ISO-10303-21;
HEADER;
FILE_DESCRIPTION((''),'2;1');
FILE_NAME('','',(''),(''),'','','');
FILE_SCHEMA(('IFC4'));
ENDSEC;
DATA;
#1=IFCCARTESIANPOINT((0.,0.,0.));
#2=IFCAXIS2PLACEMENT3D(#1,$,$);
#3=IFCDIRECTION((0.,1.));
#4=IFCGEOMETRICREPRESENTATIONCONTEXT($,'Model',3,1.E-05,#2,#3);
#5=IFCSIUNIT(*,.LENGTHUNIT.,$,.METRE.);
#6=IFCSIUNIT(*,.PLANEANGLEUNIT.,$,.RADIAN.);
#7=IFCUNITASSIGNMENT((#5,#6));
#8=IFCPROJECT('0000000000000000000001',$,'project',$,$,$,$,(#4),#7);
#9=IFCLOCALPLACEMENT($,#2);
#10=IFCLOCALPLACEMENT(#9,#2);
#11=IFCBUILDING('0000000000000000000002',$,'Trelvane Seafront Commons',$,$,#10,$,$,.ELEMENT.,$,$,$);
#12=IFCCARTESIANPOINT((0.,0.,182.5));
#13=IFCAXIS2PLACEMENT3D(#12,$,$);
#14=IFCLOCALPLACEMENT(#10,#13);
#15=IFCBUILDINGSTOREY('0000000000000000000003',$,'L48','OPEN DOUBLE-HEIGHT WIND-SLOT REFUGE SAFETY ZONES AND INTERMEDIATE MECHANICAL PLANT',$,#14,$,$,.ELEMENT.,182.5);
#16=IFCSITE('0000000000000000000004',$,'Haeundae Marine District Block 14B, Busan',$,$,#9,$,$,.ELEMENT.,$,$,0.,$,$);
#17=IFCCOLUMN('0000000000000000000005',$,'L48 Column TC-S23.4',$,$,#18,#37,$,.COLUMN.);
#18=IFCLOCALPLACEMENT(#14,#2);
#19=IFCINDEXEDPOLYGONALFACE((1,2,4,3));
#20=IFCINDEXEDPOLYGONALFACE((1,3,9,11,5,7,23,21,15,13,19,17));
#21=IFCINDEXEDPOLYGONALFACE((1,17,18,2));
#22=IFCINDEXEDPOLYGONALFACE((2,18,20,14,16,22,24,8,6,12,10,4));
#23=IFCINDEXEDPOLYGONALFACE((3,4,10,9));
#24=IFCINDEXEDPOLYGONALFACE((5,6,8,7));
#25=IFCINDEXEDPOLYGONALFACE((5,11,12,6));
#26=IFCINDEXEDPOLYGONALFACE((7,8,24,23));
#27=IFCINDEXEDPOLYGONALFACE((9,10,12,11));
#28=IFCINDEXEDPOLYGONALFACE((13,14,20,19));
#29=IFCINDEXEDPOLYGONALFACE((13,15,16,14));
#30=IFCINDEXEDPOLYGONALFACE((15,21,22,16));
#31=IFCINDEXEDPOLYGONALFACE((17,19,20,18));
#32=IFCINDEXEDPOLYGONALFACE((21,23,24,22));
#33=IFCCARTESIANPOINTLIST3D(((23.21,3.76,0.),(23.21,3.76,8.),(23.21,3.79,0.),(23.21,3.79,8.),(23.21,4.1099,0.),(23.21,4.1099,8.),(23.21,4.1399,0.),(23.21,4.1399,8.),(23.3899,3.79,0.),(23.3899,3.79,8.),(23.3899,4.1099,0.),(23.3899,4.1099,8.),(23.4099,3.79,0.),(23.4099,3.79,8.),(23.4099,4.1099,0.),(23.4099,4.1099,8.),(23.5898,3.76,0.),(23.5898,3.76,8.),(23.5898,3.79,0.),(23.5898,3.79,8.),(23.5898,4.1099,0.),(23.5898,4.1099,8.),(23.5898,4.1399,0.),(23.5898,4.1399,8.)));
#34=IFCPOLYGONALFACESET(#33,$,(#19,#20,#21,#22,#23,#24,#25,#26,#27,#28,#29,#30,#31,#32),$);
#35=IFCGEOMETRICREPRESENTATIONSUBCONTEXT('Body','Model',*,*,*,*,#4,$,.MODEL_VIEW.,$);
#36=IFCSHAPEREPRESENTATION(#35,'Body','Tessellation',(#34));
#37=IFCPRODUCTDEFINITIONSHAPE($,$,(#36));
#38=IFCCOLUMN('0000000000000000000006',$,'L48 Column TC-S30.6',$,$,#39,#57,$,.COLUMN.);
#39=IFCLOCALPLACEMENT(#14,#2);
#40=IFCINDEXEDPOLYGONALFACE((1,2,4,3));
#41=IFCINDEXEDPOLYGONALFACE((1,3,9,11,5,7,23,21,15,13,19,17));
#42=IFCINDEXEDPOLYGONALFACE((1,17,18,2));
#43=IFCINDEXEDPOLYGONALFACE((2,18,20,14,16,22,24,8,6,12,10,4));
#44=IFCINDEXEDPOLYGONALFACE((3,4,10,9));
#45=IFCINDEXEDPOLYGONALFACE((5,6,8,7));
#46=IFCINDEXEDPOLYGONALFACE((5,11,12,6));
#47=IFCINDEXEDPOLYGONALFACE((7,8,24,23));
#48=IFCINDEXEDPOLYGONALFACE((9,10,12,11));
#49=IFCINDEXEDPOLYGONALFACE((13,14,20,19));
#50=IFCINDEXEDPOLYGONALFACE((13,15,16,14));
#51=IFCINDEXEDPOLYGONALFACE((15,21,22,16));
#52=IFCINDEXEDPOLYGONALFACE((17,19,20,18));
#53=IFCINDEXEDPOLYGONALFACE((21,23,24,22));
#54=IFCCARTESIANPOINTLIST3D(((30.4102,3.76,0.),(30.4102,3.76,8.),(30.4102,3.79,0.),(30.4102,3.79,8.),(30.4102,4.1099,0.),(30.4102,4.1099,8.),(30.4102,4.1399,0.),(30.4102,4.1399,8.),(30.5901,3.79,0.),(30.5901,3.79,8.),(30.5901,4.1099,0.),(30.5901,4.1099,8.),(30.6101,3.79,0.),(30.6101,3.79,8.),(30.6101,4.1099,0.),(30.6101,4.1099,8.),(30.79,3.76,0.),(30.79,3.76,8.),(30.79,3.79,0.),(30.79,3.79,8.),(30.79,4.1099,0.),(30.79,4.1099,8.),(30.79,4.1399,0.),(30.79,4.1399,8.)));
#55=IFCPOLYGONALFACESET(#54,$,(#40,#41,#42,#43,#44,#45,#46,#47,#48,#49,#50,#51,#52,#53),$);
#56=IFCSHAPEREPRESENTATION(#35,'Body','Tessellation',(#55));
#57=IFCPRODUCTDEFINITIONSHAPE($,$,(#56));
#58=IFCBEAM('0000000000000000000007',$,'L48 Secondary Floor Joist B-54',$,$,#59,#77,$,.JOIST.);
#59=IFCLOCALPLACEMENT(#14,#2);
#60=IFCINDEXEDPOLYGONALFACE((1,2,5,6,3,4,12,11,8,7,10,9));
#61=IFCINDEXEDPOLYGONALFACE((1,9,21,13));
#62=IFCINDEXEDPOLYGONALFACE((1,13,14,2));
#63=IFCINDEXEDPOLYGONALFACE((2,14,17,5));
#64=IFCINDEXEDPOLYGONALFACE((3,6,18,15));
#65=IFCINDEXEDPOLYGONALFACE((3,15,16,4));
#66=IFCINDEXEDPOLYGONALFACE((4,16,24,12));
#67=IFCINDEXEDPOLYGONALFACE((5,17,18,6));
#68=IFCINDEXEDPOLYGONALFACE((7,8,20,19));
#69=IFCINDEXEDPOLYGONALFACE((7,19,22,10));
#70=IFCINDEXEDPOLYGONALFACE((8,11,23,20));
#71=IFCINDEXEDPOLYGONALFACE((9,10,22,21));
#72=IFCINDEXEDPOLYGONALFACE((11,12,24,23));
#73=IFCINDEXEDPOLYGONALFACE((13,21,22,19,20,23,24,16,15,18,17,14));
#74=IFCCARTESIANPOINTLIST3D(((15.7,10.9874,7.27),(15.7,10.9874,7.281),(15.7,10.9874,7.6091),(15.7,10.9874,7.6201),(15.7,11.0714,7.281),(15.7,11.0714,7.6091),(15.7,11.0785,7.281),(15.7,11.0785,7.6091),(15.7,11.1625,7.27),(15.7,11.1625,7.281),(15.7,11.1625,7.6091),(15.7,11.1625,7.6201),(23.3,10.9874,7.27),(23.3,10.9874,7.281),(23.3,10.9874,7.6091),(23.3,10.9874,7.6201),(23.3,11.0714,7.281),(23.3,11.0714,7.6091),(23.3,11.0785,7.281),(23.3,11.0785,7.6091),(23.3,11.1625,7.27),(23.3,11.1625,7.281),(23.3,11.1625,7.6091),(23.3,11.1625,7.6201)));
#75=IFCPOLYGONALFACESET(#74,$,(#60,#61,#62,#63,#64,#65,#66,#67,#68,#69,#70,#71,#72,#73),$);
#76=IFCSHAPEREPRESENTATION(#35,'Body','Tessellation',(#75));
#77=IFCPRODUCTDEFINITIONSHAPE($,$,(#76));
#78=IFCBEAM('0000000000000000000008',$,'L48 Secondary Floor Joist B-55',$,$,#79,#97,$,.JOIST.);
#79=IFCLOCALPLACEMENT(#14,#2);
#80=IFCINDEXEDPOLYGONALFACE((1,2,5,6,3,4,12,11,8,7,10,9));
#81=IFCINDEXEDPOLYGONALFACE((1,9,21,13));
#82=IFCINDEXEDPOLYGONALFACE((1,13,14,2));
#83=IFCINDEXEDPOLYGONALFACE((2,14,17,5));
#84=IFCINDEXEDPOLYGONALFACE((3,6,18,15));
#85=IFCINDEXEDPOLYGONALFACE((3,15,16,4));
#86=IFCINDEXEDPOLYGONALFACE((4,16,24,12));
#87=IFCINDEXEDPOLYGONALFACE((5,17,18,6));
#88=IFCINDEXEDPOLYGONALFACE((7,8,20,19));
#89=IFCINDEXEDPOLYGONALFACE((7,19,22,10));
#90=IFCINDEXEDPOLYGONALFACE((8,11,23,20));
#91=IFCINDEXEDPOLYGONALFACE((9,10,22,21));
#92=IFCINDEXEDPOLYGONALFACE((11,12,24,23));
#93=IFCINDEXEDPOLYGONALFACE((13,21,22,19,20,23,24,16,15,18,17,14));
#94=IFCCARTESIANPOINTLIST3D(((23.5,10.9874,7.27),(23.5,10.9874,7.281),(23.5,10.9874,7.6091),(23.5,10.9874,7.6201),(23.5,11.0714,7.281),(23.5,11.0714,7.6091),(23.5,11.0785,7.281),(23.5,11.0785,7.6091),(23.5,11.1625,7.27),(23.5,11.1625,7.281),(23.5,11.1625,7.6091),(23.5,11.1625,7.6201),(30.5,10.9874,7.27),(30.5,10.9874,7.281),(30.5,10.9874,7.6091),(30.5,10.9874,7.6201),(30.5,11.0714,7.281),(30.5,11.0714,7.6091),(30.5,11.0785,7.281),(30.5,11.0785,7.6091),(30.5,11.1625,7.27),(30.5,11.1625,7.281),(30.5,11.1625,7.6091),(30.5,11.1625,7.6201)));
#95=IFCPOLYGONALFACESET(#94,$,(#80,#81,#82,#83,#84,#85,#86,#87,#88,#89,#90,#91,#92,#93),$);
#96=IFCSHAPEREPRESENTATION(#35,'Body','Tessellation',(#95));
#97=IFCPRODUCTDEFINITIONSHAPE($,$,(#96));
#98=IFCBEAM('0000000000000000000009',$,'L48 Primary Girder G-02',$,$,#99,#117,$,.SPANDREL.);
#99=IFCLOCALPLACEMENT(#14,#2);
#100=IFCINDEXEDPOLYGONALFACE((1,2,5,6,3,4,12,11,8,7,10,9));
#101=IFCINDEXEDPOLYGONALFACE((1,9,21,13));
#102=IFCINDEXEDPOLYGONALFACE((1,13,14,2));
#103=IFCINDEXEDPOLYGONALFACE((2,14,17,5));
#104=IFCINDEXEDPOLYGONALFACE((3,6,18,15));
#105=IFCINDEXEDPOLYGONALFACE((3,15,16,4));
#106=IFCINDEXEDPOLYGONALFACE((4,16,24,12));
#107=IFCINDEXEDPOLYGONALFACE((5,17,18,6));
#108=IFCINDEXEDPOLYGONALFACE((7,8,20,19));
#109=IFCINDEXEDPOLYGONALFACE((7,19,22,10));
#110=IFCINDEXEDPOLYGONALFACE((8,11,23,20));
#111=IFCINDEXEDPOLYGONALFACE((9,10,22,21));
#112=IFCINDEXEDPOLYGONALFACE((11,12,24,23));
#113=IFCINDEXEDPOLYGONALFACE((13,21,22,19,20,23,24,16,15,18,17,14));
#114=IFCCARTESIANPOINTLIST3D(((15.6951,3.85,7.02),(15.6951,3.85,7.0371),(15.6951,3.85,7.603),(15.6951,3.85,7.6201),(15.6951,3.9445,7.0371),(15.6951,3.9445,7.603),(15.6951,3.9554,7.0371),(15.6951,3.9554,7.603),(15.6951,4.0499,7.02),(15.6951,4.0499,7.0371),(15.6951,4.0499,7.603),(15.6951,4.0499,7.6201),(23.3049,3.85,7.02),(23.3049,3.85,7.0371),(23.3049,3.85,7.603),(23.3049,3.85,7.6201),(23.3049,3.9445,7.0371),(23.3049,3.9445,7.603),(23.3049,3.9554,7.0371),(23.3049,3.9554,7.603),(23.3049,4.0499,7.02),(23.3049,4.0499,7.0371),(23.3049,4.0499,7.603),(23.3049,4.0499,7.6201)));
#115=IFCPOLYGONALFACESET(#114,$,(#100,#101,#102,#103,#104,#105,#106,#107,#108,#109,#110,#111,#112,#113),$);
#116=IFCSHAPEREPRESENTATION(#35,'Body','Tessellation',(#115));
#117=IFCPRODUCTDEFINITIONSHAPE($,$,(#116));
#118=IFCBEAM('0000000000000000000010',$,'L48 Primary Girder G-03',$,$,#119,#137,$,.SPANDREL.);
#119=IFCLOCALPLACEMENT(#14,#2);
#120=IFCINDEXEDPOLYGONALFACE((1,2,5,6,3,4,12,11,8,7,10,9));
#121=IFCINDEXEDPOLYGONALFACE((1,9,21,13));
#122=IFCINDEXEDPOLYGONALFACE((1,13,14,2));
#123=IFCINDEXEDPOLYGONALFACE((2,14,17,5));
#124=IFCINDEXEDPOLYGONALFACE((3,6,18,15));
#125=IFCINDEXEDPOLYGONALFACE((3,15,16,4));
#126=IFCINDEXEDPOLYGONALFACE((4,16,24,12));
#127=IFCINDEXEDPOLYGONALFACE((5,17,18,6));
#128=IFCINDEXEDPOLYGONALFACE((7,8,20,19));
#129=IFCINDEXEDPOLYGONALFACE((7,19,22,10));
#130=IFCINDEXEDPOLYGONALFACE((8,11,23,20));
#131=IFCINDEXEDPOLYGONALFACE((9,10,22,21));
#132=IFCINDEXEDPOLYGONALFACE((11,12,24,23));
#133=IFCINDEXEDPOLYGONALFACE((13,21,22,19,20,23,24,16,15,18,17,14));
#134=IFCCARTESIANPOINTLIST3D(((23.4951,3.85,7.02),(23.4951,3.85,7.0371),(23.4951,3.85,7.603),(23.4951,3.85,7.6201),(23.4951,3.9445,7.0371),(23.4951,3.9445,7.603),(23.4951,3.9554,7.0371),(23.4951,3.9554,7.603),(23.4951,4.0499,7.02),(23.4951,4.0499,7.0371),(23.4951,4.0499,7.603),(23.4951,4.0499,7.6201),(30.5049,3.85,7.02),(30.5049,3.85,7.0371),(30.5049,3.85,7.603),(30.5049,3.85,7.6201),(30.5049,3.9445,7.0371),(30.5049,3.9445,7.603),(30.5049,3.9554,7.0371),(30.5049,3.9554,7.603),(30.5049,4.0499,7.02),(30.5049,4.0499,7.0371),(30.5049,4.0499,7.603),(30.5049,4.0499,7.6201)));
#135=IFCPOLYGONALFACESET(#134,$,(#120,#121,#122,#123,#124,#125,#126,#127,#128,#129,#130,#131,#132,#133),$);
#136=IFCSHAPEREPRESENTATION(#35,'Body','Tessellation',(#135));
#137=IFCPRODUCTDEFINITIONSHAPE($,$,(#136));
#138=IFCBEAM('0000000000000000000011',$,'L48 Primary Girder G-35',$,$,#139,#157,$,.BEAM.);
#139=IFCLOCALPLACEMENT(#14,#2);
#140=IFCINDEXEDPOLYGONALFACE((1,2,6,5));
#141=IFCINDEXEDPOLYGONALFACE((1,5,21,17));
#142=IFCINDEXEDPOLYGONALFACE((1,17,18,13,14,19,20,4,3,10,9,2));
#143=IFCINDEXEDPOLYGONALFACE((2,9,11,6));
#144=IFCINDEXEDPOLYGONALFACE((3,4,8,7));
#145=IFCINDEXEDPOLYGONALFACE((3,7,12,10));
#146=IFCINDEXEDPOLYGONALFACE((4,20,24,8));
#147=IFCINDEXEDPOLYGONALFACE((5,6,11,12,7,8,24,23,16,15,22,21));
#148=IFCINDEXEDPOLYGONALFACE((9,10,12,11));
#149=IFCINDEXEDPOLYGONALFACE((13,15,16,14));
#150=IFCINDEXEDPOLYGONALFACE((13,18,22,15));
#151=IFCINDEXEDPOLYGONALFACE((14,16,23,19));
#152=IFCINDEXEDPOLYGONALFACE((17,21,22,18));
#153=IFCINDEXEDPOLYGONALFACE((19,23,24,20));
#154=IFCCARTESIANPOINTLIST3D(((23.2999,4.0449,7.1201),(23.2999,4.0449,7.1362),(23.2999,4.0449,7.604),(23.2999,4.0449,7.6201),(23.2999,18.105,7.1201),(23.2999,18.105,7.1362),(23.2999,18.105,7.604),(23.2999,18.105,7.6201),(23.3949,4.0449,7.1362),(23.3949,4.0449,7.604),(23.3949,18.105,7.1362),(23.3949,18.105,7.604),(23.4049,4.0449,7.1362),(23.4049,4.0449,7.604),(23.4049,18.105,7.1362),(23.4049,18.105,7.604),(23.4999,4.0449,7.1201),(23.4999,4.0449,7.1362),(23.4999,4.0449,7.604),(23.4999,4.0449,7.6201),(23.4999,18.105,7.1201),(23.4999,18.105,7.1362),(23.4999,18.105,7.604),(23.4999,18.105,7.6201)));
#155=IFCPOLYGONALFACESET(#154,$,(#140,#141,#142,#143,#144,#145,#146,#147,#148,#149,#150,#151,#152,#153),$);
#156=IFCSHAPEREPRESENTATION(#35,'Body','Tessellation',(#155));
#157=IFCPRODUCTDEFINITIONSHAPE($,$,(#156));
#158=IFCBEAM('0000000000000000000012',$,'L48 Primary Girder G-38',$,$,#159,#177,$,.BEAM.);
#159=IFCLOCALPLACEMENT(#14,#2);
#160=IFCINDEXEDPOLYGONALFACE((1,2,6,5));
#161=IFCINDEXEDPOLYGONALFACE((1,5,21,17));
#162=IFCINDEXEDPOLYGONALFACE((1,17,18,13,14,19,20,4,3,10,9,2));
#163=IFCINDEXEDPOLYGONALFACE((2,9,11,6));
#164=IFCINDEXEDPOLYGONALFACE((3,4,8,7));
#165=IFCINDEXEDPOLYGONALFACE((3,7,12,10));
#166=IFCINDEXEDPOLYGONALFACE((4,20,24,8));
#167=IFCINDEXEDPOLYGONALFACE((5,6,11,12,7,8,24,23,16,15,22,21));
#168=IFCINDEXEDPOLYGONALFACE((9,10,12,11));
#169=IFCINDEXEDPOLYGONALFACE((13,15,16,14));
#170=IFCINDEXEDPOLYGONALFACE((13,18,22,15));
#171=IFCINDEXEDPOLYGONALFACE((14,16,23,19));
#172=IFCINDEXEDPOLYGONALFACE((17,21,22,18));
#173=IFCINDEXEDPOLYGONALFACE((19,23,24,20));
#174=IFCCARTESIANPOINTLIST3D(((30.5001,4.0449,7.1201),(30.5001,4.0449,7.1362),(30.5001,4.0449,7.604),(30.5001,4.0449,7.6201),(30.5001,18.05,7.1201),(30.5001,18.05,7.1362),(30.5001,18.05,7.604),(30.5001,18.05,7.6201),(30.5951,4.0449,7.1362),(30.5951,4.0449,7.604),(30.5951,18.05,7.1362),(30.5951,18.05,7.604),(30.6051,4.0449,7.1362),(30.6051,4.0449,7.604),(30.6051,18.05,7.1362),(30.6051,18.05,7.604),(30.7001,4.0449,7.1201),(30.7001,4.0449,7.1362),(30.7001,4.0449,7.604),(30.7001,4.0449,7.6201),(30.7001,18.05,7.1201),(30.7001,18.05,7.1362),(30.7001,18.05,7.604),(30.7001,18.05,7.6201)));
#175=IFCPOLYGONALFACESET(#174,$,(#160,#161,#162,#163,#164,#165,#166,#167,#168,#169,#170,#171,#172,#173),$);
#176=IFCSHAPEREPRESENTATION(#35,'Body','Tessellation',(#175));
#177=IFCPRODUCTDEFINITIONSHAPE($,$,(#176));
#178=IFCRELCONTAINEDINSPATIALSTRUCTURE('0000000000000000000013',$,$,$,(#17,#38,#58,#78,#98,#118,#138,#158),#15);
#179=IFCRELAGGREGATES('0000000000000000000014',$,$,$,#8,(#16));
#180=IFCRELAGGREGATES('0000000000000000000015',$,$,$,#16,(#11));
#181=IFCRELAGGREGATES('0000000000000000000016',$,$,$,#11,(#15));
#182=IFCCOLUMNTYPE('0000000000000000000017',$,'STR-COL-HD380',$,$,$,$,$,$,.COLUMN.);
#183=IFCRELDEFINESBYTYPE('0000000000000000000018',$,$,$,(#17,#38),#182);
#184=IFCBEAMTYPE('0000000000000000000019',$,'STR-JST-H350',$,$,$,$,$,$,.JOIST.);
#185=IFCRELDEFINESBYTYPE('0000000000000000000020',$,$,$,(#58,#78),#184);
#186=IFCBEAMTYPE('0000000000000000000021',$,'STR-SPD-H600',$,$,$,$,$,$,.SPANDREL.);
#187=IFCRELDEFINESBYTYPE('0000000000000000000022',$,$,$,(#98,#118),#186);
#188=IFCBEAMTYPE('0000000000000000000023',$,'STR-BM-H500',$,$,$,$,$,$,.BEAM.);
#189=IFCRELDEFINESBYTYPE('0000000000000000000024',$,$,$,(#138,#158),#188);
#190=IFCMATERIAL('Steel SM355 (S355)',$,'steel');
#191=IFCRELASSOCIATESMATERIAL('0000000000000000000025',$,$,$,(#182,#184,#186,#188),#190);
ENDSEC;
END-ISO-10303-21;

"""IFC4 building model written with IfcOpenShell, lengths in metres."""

from ifc_helpers import new_model, si_unit, direction, frame, origin, origin_2d, place, context, subcontext, project, spatial, i_section, extrude, source, transform, mapped, material, material_profile, profile_set, type_object, element, save


model = new_model("IFC4")

# Units and contexts
model_context = context("Model", 3, precision=1e-05, world=origin(), true_north=direction((0.0, 1.0)))
body_context = subcontext(model_context, "Body", "Model", "MODEL_VIEW")
ifc_project = project(units=[si_unit("LENGTHUNIT", "METRE"), si_unit("PLANEANGLEUNIT", "RADIAN")], contexts=[model_context])

# Site, building, storey
site_placement = place(None, origin())
site = spatial("IfcSite", under=ifc_project, at=site_placement, Name="Haeundae Marine District Block 14B, Busan", CompositionType="ELEMENT", RefElevation=0.0)
building_placement = place(site_placement, origin())
building = spatial("IfcBuilding", under=site, at=building_placement, Name="Trelvane Seafront Commons", CompositionType="ELEMENT")
storey_placement = place(building_placement, frame((0.0, 0.0, 182.5)))
storey = spatial("IfcBuildingStorey", under=building, at=storey_placement, Name="L48", Description="OPEN DOUBLE-HEIGHT WIND-SLOT REFUGE SAFETY ZONES AND INTERMEDIATE MECHANICAL PLANT", CompositionType="ELEMENT", Elevation=182.5)

# Columns
ifc_material_1 = material(Name="Steel SM355 (S355)", Category="steel")
ifc_material_profile_1 = material_profile(ifc_material_1, i_section(OverallWidth=0.3799, OverallDepth=0.3799, WebThickness=0.02, FlangeThickness=0.03, at=origin_2d()), Name="HD-380x380x20x30")
ifc_profile_set_1 = profile_set([ifc_material_profile_1], Name="Steel SM355 (S355)")
column_type = type_object("IfcColumnType", Name="STR-COL-HD380", PredefinedType="COLUMN", material=ifc_profile_set_1)
shared_shape_1 = source(origin(), body_context, "Body", "SweptSolid", [
    extrude(i_section(OverallWidth=0.3799, OverallDepth=0.3799, WebThickness=0.02, FlangeThickness=0.03, at=origin_2d()), origin(), (0.0, 0.0, 1.0), 8.0),
])
for number, where, z_axis, x_axis, name in (
    (1, (23.3999, 3.95, 0.0), (0.0, 0.0, 1.0), (1.0, 0.0, 0.0), "L48 Column TC-S23.4"),
    (2, (30.6001, 3.95, 0.0), (0.0, 0.0, 1.0), (1.0, 0.0, 0.0), "L48 Column TC-S30.6"),
):
    element("IfcColumn", number, at=place(storey_placement, frame(where, z_axis=z_axis, x_axis=x_axis)), inside=storey, type_object=column_type, Name=name, PredefinedType="COLUMN", context=body_context, shape_type="MappedRepresentation", body=[
        mapped(shared_shape_1, transform((0.0, 0.0, 0.0), x_axis=(1.0, 0.0, 0.0), y_axis=(0.0, 1.0, 0.0), z_axis=(0.0, 0.0, 1.0), scale=1.0)),
    ])

# Beams
ifc_material_profile_2 = material_profile(ifc_material_1, i_section(OverallWidth=0.175, OverallDepth=0.3501, WebThickness=0.0071, FlangeThickness=0.011, at=origin_2d()), Name="H-350x175x7x11")
ifc_profile_set_2 = profile_set([ifc_material_profile_2], Name="Steel SM355 (S355)")
beam_type_1 = type_object("IfcBeamType", Name="STR-JST-H350", PredefinedType="JOIST", material=ifc_profile_set_2)
shared_shape_2 = source(origin(), body_context, "Body", "SweptSolid", [
    extrude(i_section(OverallWidth=0.175, OverallDepth=0.3501, WebThickness=0.0071, FlangeThickness=0.011, at=origin_2d()), origin(), (0.0, 0.0, 1.0), 7.6001),
])
beam_1_placement = place(storey_placement, frame((15.7, 11.075, 7.4451), z_axis=(1.0, 0.0, 0.0), x_axis=(0.0, 1.0, 0.0)))
element("IfcBeam", 3, at=beam_1_placement, inside=storey, type_object=beam_type_1, Name="L48 Secondary Floor Joist B-54", PredefinedType="JOIST", context=body_context, shape_type="MappedRepresentation", body=[
    mapped(shared_shape_2, transform((0.0, 0.0, 0.0), x_axis=(1.0, 0.0, 0.0), y_axis=(0.0, 1.0, 0.0), z_axis=(0.0, 0.0, 1.0), scale=1.0)),
])
shared_shape_3 = source(origin(), body_context, "Body", "SweptSolid", [
    extrude(i_section(OverallWidth=0.175, OverallDepth=0.3501, WebThickness=0.0071, FlangeThickness=0.011, at=origin_2d()), origin(), (0.0, 0.0, 1.0), 7.0),
])
beam_2_placement = place(storey_placement, frame((23.5, 11.075, 7.4451), z_axis=(1.0, 0.0, 0.0), x_axis=(0.0, 1.0, 0.0)))
element("IfcBeam", 4, at=beam_2_placement, inside=storey, type_object=beam_type_1, Name="L48 Secondary Floor Joist B-55", PredefinedType="JOIST", context=body_context, shape_type="MappedRepresentation", body=[
    mapped(shared_shape_3, transform((0.0, 0.0, 0.0), x_axis=(1.0, 0.0, 0.0), y_axis=(0.0, 1.0, 0.0), z_axis=(0.0, 0.0, 1.0), scale=1.0)),
])
ifc_material_profile_3 = material_profile(ifc_material_1, i_section(OverallWidth=0.2, OverallDepth=0.6001, WebThickness=0.011, FlangeThickness=0.0171, at=origin_2d()), Name="H-600x200x11x17")
ifc_profile_set_3 = profile_set([ifc_material_profile_3], Name="Steel SM355 (S355)")
beam_type_2 = type_object("IfcBeamType", Name="STR-SPD-H600", PredefinedType="SPANDREL", material=ifc_profile_set_3)
shared_shape_4 = source(origin(), body_context, "Body", "SweptSolid", [
    extrude(i_section(OverallWidth=0.2, OverallDepth=0.6001, WebThickness=0.011, FlangeThickness=0.0171, at=origin_2d()), origin(), (0.0, 0.0, 1.0), 7.6099),
])
beam_3_placement = place(storey_placement, frame((15.6951, 3.95, 7.3201), z_axis=(1.0, 0.0, 0.0), x_axis=(0.0, 1.0, 0.0)))
element("IfcBeam", 5, at=beam_3_placement, inside=storey, type_object=beam_type_2, Name="L48 Primary Girder G-02", PredefinedType="SPANDREL", context=body_context, shape_type="MappedRepresentation", body=[
    mapped(shared_shape_4, transform((0.0, 0.0, 0.0), x_axis=(1.0, 0.0, 0.0), y_axis=(0.0, 1.0, 0.0), z_axis=(0.0, 0.0, 1.0), scale=1.0)),
])
shared_shape_5 = source(origin(), body_context, "Body", "SweptSolid", [
    extrude(i_section(OverallWidth=0.2, OverallDepth=0.6001, WebThickness=0.011, FlangeThickness=0.0171, at=origin_2d()), origin(), (0.0, 0.0, 1.0), 7.0098),
])
beam_4_placement = place(storey_placement, frame((23.4951, 3.95, 7.3201), z_axis=(1.0, 0.0, 0.0), x_axis=(0.0, 1.0, 0.0)))
element("IfcBeam", 6, at=beam_4_placement, inside=storey, type_object=beam_type_2, Name="L48 Primary Girder G-03", PredefinedType="SPANDREL", context=body_context, shape_type="MappedRepresentation", body=[
    mapped(shared_shape_5, transform((0.0, 0.0, 0.0), x_axis=(1.0, 0.0, 0.0), y_axis=(0.0, 1.0, 0.0), z_axis=(0.0, 0.0, 1.0), scale=1.0)),
])
ifc_material_profile_4 = material_profile(ifc_material_1, i_section(OverallWidth=0.2, OverallDepth=0.5, WebThickness=0.01, FlangeThickness=0.0161, at=origin_2d()), Name="H-500x200x10x16")
ifc_profile_set_4 = profile_set([ifc_material_profile_4], Name="Steel SM355 (S355)")
beam_type_3 = type_object("IfcBeamType", Name="STR-BM-H500", PredefinedType="BEAM", material=ifc_profile_set_4)
shared_shape_6 = source(origin(), body_context, "Body", "SweptSolid", [
    extrude(i_section(OverallWidth=0.2, OverallDepth=0.5, WebThickness=0.01, FlangeThickness=0.0161, at=origin_2d()), origin(), (0.0, 0.0, 1.0), 14.0601),
])
beam_5_placement = place(storey_placement, frame((23.3999, 4.0449, 7.3701), z_axis=(0.0, 1.0, 0.0), x_axis=(-1.0, 0.0, 0.0)))
element("IfcBeam", 7, at=beam_5_placement, inside=storey, type_object=beam_type_3, Name="L48 Primary Girder G-35", PredefinedType="BEAM", context=body_context, shape_type="MappedRepresentation", body=[
    mapped(shared_shape_6, transform((0.0, 0.0, 0.0), x_axis=(1.0, 0.0, 0.0), y_axis=(0.0, 1.0, 0.0), z_axis=(0.0, 0.0, 1.0), scale=1.0)),
])
shared_shape_7 = source(origin(), body_context, "Body", "SweptSolid", [
    extrude(i_section(OverallWidth=0.2, OverallDepth=0.5, WebThickness=0.01, FlangeThickness=0.0161, at=origin_2d()), origin(), (0.0, 0.0, 1.0), 14.0051),
])
beam_6_placement = place(storey_placement, frame((30.6001, 4.0449, 7.3701), z_axis=(0.0, 1.0, 0.0), x_axis=(-1.0, 0.0, 0.0)))
element("IfcBeam", 8, at=beam_6_placement, inside=storey, type_object=beam_type_3, Name="L48 Primary Girder G-38", PredefinedType="BEAM", context=body_context, shape_type="MappedRepresentation", body=[
    mapped(shared_shape_7, transform((0.0, 0.0, 0.0), x_axis=(1.0, 0.0, 0.0), y_axis=(0.0, 1.0, 0.0), z_axis=(0.0, 0.0, 1.0), scale=1.0)),
])

save(model, "model.ifc")
